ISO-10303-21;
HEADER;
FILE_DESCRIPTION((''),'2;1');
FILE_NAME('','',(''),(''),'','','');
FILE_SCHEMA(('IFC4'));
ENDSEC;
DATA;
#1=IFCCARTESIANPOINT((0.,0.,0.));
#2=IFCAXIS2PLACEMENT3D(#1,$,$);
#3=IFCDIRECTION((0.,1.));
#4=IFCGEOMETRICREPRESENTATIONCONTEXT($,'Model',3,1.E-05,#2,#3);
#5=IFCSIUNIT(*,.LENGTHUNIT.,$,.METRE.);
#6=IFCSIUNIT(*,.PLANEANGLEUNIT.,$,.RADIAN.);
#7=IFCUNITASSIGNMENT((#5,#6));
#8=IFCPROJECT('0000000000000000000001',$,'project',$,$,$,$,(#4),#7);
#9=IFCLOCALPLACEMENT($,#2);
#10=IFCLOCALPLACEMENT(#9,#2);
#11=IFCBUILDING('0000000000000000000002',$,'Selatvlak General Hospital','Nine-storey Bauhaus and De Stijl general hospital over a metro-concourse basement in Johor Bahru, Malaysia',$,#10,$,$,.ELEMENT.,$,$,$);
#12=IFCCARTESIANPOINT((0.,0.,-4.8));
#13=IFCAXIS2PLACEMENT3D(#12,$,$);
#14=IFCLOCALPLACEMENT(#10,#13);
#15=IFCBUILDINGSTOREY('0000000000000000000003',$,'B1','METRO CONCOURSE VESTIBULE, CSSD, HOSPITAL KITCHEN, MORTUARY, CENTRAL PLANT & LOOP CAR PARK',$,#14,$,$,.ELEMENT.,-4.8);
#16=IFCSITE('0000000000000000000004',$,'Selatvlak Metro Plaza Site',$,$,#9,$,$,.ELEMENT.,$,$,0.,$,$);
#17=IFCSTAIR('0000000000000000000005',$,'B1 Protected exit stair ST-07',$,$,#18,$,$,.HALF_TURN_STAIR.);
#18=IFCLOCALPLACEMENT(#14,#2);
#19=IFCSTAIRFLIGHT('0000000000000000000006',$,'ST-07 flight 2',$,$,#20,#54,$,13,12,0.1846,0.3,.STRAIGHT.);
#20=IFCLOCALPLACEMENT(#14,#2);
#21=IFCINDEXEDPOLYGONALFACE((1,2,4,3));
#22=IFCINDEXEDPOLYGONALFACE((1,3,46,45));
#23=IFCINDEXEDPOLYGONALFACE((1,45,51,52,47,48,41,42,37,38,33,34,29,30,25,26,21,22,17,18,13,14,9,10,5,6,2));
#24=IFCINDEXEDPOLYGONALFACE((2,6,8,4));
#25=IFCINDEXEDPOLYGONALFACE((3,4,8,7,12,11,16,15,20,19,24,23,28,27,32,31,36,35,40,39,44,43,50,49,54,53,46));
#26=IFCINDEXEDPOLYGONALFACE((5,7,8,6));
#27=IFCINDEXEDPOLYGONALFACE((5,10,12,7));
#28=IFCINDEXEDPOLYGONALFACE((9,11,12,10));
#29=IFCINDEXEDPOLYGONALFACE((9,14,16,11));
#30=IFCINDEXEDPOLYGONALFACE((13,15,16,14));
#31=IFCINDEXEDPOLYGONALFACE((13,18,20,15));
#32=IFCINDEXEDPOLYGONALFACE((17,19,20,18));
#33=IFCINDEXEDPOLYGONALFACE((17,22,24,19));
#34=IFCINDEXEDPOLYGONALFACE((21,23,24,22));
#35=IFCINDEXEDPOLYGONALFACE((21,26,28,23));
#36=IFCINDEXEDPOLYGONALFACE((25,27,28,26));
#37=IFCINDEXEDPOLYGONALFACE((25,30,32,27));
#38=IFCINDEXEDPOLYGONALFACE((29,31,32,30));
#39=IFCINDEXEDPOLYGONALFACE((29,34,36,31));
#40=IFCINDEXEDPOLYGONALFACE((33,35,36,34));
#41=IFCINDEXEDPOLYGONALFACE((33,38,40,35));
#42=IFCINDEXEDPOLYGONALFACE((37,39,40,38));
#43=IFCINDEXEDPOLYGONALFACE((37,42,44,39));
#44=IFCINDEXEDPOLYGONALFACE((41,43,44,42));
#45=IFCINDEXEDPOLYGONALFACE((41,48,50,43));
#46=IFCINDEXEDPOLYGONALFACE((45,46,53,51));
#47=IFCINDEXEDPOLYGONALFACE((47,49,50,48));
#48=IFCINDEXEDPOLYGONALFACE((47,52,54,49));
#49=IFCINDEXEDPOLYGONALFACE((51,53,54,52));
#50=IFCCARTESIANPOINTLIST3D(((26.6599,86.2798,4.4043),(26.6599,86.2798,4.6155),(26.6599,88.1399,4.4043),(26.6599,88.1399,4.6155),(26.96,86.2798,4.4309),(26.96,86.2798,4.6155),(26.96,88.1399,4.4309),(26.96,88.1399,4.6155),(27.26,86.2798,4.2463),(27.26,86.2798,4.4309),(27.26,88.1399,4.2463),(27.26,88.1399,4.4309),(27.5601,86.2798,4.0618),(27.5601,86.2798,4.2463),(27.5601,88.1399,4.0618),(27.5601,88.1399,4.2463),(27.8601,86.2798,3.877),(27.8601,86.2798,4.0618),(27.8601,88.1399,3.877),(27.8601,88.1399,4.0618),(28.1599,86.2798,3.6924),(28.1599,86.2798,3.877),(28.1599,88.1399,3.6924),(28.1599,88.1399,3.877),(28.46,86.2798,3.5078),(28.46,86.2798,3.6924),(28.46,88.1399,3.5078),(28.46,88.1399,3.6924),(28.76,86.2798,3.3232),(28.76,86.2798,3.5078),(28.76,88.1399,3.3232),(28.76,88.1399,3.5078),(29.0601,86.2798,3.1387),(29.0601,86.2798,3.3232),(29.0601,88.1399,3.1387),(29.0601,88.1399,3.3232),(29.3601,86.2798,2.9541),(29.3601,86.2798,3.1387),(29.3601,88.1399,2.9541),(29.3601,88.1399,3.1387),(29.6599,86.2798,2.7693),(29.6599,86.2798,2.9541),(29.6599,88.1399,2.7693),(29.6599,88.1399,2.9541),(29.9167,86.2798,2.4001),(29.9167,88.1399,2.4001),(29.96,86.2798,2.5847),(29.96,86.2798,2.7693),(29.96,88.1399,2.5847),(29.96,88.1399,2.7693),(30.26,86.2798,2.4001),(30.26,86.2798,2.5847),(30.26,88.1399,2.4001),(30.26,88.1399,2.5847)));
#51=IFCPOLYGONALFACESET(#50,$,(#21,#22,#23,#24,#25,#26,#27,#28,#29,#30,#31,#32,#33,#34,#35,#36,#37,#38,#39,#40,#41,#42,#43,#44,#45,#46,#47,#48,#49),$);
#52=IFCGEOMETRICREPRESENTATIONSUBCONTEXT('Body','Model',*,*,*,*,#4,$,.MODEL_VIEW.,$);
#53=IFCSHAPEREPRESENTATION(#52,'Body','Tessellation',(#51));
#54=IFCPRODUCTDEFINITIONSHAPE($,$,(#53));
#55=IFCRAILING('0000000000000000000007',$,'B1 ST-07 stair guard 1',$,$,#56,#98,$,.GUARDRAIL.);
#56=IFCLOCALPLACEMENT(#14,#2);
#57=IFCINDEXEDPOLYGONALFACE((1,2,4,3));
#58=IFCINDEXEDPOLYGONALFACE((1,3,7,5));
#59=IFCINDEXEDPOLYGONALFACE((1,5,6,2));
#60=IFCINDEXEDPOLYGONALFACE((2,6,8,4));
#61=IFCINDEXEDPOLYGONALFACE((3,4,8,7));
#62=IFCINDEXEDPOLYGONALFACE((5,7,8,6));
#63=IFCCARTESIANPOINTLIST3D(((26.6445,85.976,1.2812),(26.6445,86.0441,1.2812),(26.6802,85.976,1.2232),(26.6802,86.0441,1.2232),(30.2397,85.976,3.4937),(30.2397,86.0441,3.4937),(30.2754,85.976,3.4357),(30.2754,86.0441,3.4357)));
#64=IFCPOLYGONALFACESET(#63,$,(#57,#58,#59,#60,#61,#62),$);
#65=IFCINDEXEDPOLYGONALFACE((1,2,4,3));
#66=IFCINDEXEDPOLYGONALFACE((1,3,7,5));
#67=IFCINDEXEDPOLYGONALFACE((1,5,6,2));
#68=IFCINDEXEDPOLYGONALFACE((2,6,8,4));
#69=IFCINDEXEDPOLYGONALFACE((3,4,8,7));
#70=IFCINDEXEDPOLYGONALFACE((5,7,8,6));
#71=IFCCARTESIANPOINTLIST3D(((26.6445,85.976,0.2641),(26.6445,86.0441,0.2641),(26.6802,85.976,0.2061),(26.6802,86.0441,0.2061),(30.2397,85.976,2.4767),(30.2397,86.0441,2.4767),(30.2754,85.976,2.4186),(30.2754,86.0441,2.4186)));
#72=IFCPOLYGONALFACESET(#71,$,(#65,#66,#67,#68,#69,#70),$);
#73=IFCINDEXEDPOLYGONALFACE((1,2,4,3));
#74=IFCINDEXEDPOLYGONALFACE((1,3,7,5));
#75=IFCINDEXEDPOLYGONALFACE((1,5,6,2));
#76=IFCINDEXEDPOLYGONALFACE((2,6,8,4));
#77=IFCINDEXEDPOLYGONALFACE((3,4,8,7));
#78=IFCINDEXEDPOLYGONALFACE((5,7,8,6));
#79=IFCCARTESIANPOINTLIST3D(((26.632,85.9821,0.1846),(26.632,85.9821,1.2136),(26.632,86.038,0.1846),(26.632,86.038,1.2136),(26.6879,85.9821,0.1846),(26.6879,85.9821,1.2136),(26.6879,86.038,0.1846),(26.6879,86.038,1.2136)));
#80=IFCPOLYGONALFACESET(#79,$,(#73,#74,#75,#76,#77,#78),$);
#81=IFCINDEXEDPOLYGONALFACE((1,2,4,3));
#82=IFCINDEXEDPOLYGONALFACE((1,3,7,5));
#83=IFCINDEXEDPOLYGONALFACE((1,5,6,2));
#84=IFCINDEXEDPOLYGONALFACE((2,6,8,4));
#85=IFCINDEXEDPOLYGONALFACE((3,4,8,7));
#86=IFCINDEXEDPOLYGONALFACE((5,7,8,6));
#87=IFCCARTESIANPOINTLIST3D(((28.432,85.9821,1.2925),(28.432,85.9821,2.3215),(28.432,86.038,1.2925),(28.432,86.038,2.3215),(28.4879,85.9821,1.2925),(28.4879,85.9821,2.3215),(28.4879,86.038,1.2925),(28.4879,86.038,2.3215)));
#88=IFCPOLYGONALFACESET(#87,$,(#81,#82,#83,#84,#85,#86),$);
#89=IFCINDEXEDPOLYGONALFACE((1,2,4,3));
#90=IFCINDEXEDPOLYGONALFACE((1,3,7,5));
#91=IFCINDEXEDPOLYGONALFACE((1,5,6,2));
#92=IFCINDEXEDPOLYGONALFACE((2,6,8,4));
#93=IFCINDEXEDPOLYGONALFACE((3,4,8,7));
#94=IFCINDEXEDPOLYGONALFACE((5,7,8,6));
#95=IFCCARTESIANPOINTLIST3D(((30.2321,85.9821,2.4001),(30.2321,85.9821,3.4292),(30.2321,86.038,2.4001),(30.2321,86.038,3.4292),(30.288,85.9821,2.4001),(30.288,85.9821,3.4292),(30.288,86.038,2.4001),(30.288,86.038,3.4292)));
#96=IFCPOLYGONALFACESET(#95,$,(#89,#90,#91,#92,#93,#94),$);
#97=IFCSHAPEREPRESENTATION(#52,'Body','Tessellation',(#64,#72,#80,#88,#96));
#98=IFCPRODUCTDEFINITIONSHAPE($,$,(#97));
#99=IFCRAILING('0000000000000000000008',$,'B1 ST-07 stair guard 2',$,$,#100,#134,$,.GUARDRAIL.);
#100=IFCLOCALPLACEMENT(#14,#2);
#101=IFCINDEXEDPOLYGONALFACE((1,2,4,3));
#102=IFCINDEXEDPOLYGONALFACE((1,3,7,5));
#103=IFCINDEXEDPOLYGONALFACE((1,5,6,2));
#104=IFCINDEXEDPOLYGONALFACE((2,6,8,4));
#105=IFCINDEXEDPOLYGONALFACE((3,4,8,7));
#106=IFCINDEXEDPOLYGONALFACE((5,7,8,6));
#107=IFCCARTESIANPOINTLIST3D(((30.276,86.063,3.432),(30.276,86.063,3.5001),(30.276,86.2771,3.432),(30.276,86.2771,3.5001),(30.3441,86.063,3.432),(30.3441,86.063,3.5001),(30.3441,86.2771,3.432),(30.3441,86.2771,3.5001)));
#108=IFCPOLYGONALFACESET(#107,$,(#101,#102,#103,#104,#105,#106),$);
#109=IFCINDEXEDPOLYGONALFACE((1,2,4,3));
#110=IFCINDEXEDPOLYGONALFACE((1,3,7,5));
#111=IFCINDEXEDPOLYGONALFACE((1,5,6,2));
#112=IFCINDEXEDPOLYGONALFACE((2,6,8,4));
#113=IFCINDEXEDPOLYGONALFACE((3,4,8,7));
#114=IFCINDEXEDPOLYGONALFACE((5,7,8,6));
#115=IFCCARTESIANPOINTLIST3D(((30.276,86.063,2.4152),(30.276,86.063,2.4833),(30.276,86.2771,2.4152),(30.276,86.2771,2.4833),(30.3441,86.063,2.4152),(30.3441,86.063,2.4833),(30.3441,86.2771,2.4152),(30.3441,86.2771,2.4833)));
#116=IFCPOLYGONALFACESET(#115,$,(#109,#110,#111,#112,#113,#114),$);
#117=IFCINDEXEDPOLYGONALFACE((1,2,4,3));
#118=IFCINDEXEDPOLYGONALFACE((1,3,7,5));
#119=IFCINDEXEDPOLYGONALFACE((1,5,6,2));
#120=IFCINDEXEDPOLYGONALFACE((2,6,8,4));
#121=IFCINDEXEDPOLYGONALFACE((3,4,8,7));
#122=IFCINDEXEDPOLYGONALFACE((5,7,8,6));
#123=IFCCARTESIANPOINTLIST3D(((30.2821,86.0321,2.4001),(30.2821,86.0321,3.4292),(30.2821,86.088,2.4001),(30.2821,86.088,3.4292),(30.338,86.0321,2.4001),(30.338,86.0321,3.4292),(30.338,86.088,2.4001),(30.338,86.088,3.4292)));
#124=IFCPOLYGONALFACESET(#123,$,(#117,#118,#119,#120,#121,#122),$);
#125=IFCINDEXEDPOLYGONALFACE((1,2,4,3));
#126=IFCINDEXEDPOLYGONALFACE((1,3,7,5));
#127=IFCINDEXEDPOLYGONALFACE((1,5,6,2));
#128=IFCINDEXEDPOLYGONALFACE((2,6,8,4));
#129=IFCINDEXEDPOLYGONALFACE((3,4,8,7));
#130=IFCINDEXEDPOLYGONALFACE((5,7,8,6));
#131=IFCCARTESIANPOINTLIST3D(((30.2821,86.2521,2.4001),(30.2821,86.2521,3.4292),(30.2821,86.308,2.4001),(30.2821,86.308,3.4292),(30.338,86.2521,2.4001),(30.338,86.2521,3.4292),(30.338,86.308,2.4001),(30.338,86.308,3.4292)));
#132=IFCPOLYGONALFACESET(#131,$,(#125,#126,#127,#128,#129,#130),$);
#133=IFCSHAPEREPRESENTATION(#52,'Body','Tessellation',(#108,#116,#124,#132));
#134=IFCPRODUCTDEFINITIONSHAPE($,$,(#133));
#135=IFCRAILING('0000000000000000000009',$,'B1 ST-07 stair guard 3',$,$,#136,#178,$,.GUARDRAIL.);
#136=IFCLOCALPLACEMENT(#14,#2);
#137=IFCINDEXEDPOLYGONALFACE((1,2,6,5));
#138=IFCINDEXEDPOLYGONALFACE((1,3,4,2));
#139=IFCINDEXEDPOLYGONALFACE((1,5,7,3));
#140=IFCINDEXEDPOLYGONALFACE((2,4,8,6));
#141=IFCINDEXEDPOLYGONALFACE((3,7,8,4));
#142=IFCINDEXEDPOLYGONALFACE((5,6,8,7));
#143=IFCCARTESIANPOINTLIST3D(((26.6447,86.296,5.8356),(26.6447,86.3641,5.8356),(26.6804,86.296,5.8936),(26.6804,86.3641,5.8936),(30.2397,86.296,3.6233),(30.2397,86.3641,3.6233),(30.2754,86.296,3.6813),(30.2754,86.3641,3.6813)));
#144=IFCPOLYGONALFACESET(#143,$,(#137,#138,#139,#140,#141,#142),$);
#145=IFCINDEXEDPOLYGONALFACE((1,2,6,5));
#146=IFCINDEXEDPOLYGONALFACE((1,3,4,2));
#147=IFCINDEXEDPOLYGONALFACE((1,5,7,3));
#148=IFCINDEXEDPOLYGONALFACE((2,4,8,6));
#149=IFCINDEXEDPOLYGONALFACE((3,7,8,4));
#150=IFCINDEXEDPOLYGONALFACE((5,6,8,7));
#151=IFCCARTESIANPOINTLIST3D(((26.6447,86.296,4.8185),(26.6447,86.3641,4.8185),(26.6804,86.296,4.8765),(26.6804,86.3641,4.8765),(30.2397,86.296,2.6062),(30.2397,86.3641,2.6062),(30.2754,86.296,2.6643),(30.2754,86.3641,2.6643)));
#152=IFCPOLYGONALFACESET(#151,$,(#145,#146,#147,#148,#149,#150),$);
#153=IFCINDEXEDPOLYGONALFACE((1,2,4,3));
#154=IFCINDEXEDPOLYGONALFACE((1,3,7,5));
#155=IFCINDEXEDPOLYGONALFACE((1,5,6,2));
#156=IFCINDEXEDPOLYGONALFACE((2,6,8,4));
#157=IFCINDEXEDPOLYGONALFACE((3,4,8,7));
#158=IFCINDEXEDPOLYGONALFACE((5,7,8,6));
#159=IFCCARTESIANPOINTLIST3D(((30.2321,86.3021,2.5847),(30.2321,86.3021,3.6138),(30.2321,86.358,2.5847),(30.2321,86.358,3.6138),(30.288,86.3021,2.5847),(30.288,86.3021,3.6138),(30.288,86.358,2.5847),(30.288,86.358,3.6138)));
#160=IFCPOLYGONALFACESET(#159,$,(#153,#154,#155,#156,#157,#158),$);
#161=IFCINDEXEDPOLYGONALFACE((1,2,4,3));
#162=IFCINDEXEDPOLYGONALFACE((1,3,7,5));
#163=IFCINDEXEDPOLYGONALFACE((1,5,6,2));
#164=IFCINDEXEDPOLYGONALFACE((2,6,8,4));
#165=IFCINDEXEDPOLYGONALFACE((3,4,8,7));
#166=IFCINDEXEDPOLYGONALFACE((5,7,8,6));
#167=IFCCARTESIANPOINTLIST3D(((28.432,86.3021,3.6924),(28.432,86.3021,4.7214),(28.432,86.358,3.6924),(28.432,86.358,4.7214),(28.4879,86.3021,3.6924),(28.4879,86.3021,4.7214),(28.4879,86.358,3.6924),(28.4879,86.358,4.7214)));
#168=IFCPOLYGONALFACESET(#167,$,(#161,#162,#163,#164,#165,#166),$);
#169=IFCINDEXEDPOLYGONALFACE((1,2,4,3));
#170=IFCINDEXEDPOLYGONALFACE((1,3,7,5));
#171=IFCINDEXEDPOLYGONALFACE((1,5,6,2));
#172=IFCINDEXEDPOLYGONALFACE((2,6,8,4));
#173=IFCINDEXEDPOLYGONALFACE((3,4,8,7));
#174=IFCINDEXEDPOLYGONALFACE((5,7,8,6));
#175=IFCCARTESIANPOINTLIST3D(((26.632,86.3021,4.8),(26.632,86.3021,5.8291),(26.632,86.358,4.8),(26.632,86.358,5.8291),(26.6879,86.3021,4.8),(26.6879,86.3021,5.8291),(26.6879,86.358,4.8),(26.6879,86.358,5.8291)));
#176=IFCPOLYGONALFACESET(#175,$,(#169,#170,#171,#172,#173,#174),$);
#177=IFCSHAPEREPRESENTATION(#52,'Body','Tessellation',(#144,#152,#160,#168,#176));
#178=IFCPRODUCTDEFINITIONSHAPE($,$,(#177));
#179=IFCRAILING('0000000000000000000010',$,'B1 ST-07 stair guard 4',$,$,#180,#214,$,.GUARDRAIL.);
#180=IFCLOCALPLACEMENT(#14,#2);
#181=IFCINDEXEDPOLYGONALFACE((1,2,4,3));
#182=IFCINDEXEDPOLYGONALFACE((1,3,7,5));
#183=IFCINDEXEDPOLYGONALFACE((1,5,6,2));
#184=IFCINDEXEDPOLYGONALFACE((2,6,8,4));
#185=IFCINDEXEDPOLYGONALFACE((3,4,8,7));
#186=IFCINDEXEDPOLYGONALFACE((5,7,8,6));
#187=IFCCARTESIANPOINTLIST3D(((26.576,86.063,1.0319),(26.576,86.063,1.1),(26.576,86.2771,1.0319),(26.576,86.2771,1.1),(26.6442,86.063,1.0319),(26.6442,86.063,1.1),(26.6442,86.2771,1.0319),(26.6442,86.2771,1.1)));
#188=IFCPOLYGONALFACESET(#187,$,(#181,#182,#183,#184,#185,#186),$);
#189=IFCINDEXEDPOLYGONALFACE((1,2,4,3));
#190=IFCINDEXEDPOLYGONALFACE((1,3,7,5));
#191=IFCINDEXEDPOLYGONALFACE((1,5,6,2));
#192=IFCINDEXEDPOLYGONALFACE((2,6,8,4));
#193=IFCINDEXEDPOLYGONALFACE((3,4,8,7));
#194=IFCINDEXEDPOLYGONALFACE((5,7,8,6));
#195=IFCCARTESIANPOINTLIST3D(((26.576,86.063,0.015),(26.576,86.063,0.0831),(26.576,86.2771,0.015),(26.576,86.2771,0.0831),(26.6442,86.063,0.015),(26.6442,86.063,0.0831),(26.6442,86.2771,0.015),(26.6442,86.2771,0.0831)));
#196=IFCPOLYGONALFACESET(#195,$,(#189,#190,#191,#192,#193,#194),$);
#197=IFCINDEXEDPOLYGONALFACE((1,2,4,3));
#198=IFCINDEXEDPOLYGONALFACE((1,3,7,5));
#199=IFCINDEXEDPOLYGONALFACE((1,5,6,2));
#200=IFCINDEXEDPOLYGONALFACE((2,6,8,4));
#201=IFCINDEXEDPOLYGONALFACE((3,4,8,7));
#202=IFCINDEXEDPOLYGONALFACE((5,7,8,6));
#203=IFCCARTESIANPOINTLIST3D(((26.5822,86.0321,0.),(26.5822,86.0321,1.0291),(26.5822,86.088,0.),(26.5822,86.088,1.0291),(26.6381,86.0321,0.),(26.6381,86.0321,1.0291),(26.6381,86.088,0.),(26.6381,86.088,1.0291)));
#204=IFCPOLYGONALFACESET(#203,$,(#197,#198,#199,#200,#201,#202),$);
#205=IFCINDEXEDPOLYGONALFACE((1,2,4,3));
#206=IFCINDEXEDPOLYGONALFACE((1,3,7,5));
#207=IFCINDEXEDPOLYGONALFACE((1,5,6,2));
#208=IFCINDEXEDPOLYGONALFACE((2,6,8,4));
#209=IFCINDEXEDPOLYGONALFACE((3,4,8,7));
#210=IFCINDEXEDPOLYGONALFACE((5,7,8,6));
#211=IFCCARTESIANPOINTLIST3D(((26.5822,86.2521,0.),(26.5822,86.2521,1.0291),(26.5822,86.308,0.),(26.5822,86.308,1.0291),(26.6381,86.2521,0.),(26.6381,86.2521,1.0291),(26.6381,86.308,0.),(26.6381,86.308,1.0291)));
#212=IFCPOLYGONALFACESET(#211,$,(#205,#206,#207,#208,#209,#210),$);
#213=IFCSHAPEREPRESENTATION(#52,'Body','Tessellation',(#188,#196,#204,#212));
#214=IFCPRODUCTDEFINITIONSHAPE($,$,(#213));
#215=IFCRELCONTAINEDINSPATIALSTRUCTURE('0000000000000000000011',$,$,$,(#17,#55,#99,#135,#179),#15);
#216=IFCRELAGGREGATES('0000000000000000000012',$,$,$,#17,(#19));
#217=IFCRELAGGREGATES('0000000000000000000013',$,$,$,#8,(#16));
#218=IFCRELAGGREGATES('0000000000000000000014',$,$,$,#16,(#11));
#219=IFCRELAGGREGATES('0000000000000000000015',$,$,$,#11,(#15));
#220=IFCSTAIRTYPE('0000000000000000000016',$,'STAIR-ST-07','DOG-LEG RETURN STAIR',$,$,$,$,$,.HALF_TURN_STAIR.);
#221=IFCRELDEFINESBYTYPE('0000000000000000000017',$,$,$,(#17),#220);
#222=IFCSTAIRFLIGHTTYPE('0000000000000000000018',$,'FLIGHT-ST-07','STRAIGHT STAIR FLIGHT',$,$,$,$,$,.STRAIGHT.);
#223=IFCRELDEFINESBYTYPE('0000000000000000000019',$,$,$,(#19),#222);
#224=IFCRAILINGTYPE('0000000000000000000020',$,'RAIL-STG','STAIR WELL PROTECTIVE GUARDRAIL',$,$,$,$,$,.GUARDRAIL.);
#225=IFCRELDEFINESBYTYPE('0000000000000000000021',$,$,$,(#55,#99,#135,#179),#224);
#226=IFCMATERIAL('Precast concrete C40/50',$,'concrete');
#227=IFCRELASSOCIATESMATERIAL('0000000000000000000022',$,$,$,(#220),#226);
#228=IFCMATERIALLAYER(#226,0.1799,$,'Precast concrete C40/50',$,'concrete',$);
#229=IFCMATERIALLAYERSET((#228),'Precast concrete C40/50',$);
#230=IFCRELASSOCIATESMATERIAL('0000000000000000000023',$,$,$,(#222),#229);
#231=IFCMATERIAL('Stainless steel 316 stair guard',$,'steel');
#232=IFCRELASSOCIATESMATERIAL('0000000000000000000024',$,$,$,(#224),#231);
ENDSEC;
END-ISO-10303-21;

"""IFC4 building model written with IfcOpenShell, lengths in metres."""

from ifc_helpers import new_model, si_unit, direction, frame, origin, origin_2d, place, context, subcontext, project, spatial, polyline, rectangle, outline, extrude, material, layer, layer_set, type_object, element, aggregate, save


model = new_model("IFC4")

# Units and contexts
model_context = context("Model", 3, precision=1e-05, world=origin(), true_north=direction((0.0, 1.0)))
body_context = subcontext(model_context, "Body", "Model", "MODEL_VIEW")
ifc_project = project(units=[si_unit("LENGTHUNIT", "METRE"), si_unit("PLANEANGLEUNIT", "RADIAN")], contexts=[model_context])

# Site, building, storey
site_placement = place(None, origin())
site = spatial("IfcSite", under=ifc_project, at=site_placement, Name="Selatvlak Metro Plaza Site", CompositionType="ELEMENT", RefElevation=0.0)
building_placement = place(site_placement, origin())
building = spatial("IfcBuilding", under=site, at=building_placement, Name="Selatvlak General Hospital", Description="Nine-storey Bauhaus and De Stijl general hospital over a metro-concourse basement in Johor Bahru, Malaysia", CompositionType="ELEMENT")
storey_placement = place(building_placement, frame((0.0, 0.0, -4.8)))
storey = spatial("IfcBuildingStorey", under=building, at=storey_placement, Name="B1", Description="METRO CONCOURSE VESTIBULE, CSSD, HOSPITAL KITCHEN, MORTUARY, CENTRAL PLANT & LOOP CAR PARK", CompositionType="ELEMENT", Elevation=-4.8)

# Stair, stair flight
ifc_material_1 = material(Name="Precast concrete C40/50", Category="concrete")
stair_type = type_object("IfcStairType", Name="STAIR-ST-07", Description="DOG-LEG RETURN STAIR", PredefinedType="HALF_TURN_STAIR", material=ifc_material_1)
stair_placement = place(storey_placement, origin())
stair = element("IfcStair", 1, at=stair_placement, inside=storey, type_object=stair_type, Name="B1 Protected exit stair ST-07", PredefinedType="HALF_TURN_STAIR")
ifc_layer_1 = layer(ifc_material_1, 0.1799, Name="Precast concrete C40/50", Category="concrete")
ifc_layer_set_1 = layer_set([ifc_layer_1], Name="Precast concrete C40/50")
stair_flight_type = type_object("IfcStairFlightType", Name="FLIGHT-ST-07", Description="STRAIGHT STAIR FLIGHT", PredefinedType="STRAIGHT", material=ifc_layer_set_1)
stair_flight_1_placement = place(storey_placement, frame((30.26, 87.21, 2.4001), z_axis=(0.0, 0.0, 1.0), x_axis=(-1.0, 0.0, 0.0)))
stair_flight_1 = element("IfcStairFlight", 2, at=stair_flight_1_placement, type_object=stair_flight_type, Name="ST-07 flight 2", NumberOfRisers=13, NumberOfTreads=12, PredefinedType="STRAIGHT", RiserHeight=0.1846, TreadLength=0.3, context=body_context, shape_type="SweptSolid", body=[
    extrude(outline(polyline([(0.0, 0.0), (0.0, 0.1846), (0.3, 0.1846), (0.3, 0.3691), (0.6001, 0.3691), (0.6001, 0.554), (0.8999, 0.554), (0.8999, 0.7385), (1.2, 0.7385), (1.2, 0.9231), (1.5, 0.9231), (1.5, 1.1077), (1.8, 1.1077), (1.8, 1.2922), (2.1001, 1.2922), (2.1001, 1.4768), (2.3999, 1.4768), (2.3999, 1.6616), (2.7, 1.6616), (2.7, 1.8462), (3.0, 1.8462), (3.0, 2.0308), (3.3, 2.0308), (3.3, 2.2153), (3.6001, 2.2153), (3.6001, 2.3999), (3.6001, 2.0042), (0.3433, 0.0), (0.0, 0.0)])), frame((0.0, 0.9302, 0.0), z_axis=(0.0, -1.0, 0.0), x_axis=(1.0, 0.0, 0.0)), (0.0, 0.0, 1.0), 1.8601),
])
aggregate(stair, [stair_flight_1])

# Railings
ifc_material_2 = material(Name="Stainless steel 316 stair guard", Category="steel")
railing_type_1 = type_object("IfcRailingType", Name="RAIL-STG", Description="STAIR WELL PROTECTIVE GUARDRAIL", PredefinedType="GUARDRAIL", material=ifc_material_2)
railing_1_placement = place(storey_placement, frame((26.6599, 86.01, 0.1846)))
element("IfcRailing", 3, at=railing_1_placement, inside=storey, type_object=railing_type_1, Name="B1 ST-07 stair guard 1", PredefinedType="GUARDRAIL", context=body_context, shape_type="SweptSolid", body=[
    extrude(rectangle(XDim=0.0681, YDim=0.0681, at=origin_2d()), frame((0.0024, 0.0, 1.0676), z_axis=(0.851644, 0.0, 0.52412), x_axis=(0.0, 1.0, 0.0)), (0.0, 0.0, 1.0), 4.2214),
    extrude(rectangle(XDim=0.0681, YDim=0.0681, at=origin_2d()), frame((0.0024, 0.0, 0.0505), z_axis=(0.851644, 0.0, 0.52412), x_axis=(0.0, 1.0, 0.0)), (0.0, 0.0, 1.0), 4.2214),
    extrude(rectangle(XDim=0.0559, YDim=0.0559, at=origin_2d()), origin(), (0.0, 0.0, 1.0), 1.0291),
    extrude(rectangle(XDim=0.0559, YDim=0.0559, at=origin_2d()), frame((1.8, 0.0, 1.1079)), (0.0, 0.0, 1.0), 1.0291),
    extrude(rectangle(XDim=0.0559, YDim=0.0559, at=origin_2d()), frame((3.6001, 0.0, 2.2156)), (0.0, 0.0, 1.0), 1.0291),
])
railing_2_placement = place(storey_placement, frame((30.3101, 86.0601, 2.4001)))
element("IfcRailing", 4, at=railing_2_placement, inside=storey, type_object=railing_type_1, Name="B1 ST-07 stair guard 2", PredefinedType="GUARDRAIL", context=body_context, shape_type="SweptSolid", body=[
    extrude(rectangle(XDim=0.0681, YDim=0.0681, at=origin_2d()), frame((0.0, 0.0029, 1.0659), z_axis=(0.0, 1.0, 0.0), x_axis=(-1.0, 0.0, 0.0)), (0.0, 0.0, 1.0), 0.2141),
    extrude(rectangle(XDim=0.0681, YDim=0.0681, at=origin_2d()), frame((0.0, 0.0029, 0.0491), z_axis=(0.0, 1.0, 0.0), x_axis=(-1.0, 0.0, 0.0)), (0.0, 0.0, 1.0), 0.2141),
    extrude(rectangle(XDim=0.0559, YDim=0.0559, at=origin_2d()), origin(), (0.0, 0.0, 1.0), 1.0291),
    extrude(rectangle(XDim=0.0559, YDim=0.0559, at=origin_2d()), frame((0.0, 0.22, 0.0)), (0.0, 0.0, 1.0), 1.0291),
])
railing_3_placement = place(storey_placement, frame((30.26, 86.3301, 2.5847)))
element("IfcRailing", 5, at=railing_3_placement, inside=storey, type_object=railing_type_1, Name="B1 ST-07 stair guard 3", PredefinedType="GUARDRAIL", context=body_context, shape_type="SweptSolid", body=[
    extrude(rectangle(XDim=0.0681, YDim=0.0681, at=origin_2d()), frame((-0.0024, 0.0, 1.0676), z_axis=(-0.85167, 0.0, 0.524078), x_axis=(0.0, -1.0, 0.0)), (0.0, 0.0, 1.0), 4.2212),
    extrude(rectangle(XDim=0.0681, YDim=0.0681, at=origin_2d()), frame((-0.0024, 0.0, 0.0505), z_axis=(-0.85167, 0.0, 0.524078), x_axis=(0.0, -1.0, 0.0)), (0.0, 0.0, 1.0), 4.2212),
    extrude(rectangle(XDim=0.0559, YDim=0.0559, at=origin_2d()), origin(), (0.0, 0.0, 1.0), 1.0291),
    extrude(rectangle(XDim=0.0559, YDim=0.0559, at=origin_2d()), frame((-1.8, 0.0, 1.1077)), (0.0, 0.0, 1.0), 1.0291),
    extrude(rectangle(XDim=0.0559, YDim=0.0559, at=origin_2d()), frame((-3.6001, 0.0, 2.2153)), (0.0, 0.0, 1.0), 1.0291),
])
railing_4_placement = place(storey_placement, frame((26.6101, 86.0601, 0.0)))
element("IfcRailing", 6, at=railing_4_placement, inside=storey, type_object=railing_type_1, Name="B1 ST-07 stair guard 4", PredefinedType="GUARDRAIL", context=body_context, shape_type="SweptSolid", body=[
    extrude(rectangle(XDim=0.0681, YDim=0.0681, at=origin_2d()), frame((0.0, 0.0029, 1.0659), z_axis=(0.0, 1.0, 0.0), x_axis=(-1.0, 0.0, 0.0)), (0.0, 0.0, 1.0), 0.2141),
    extrude(rectangle(XDim=0.0681, YDim=0.0681, at=origin_2d()), frame((0.0, 0.0029, 0.0491), z_axis=(0.0, 1.0, 0.0), x_axis=(-1.0, 0.0, 0.0)), (0.0, 0.0, 1.0), 0.2141),
    extrude(rectangle(XDim=0.0559, YDim=0.0559, at=origin_2d()), origin(), (0.0, 0.0, 1.0), 1.0291),
    extrude(rectangle(XDim=0.0559, YDim=0.0559, at=origin_2d()), frame((0.0, 0.22, 0.0)), (0.0, 0.0, 1.0), 1.0291),
])

save(model, "model.ifc")
